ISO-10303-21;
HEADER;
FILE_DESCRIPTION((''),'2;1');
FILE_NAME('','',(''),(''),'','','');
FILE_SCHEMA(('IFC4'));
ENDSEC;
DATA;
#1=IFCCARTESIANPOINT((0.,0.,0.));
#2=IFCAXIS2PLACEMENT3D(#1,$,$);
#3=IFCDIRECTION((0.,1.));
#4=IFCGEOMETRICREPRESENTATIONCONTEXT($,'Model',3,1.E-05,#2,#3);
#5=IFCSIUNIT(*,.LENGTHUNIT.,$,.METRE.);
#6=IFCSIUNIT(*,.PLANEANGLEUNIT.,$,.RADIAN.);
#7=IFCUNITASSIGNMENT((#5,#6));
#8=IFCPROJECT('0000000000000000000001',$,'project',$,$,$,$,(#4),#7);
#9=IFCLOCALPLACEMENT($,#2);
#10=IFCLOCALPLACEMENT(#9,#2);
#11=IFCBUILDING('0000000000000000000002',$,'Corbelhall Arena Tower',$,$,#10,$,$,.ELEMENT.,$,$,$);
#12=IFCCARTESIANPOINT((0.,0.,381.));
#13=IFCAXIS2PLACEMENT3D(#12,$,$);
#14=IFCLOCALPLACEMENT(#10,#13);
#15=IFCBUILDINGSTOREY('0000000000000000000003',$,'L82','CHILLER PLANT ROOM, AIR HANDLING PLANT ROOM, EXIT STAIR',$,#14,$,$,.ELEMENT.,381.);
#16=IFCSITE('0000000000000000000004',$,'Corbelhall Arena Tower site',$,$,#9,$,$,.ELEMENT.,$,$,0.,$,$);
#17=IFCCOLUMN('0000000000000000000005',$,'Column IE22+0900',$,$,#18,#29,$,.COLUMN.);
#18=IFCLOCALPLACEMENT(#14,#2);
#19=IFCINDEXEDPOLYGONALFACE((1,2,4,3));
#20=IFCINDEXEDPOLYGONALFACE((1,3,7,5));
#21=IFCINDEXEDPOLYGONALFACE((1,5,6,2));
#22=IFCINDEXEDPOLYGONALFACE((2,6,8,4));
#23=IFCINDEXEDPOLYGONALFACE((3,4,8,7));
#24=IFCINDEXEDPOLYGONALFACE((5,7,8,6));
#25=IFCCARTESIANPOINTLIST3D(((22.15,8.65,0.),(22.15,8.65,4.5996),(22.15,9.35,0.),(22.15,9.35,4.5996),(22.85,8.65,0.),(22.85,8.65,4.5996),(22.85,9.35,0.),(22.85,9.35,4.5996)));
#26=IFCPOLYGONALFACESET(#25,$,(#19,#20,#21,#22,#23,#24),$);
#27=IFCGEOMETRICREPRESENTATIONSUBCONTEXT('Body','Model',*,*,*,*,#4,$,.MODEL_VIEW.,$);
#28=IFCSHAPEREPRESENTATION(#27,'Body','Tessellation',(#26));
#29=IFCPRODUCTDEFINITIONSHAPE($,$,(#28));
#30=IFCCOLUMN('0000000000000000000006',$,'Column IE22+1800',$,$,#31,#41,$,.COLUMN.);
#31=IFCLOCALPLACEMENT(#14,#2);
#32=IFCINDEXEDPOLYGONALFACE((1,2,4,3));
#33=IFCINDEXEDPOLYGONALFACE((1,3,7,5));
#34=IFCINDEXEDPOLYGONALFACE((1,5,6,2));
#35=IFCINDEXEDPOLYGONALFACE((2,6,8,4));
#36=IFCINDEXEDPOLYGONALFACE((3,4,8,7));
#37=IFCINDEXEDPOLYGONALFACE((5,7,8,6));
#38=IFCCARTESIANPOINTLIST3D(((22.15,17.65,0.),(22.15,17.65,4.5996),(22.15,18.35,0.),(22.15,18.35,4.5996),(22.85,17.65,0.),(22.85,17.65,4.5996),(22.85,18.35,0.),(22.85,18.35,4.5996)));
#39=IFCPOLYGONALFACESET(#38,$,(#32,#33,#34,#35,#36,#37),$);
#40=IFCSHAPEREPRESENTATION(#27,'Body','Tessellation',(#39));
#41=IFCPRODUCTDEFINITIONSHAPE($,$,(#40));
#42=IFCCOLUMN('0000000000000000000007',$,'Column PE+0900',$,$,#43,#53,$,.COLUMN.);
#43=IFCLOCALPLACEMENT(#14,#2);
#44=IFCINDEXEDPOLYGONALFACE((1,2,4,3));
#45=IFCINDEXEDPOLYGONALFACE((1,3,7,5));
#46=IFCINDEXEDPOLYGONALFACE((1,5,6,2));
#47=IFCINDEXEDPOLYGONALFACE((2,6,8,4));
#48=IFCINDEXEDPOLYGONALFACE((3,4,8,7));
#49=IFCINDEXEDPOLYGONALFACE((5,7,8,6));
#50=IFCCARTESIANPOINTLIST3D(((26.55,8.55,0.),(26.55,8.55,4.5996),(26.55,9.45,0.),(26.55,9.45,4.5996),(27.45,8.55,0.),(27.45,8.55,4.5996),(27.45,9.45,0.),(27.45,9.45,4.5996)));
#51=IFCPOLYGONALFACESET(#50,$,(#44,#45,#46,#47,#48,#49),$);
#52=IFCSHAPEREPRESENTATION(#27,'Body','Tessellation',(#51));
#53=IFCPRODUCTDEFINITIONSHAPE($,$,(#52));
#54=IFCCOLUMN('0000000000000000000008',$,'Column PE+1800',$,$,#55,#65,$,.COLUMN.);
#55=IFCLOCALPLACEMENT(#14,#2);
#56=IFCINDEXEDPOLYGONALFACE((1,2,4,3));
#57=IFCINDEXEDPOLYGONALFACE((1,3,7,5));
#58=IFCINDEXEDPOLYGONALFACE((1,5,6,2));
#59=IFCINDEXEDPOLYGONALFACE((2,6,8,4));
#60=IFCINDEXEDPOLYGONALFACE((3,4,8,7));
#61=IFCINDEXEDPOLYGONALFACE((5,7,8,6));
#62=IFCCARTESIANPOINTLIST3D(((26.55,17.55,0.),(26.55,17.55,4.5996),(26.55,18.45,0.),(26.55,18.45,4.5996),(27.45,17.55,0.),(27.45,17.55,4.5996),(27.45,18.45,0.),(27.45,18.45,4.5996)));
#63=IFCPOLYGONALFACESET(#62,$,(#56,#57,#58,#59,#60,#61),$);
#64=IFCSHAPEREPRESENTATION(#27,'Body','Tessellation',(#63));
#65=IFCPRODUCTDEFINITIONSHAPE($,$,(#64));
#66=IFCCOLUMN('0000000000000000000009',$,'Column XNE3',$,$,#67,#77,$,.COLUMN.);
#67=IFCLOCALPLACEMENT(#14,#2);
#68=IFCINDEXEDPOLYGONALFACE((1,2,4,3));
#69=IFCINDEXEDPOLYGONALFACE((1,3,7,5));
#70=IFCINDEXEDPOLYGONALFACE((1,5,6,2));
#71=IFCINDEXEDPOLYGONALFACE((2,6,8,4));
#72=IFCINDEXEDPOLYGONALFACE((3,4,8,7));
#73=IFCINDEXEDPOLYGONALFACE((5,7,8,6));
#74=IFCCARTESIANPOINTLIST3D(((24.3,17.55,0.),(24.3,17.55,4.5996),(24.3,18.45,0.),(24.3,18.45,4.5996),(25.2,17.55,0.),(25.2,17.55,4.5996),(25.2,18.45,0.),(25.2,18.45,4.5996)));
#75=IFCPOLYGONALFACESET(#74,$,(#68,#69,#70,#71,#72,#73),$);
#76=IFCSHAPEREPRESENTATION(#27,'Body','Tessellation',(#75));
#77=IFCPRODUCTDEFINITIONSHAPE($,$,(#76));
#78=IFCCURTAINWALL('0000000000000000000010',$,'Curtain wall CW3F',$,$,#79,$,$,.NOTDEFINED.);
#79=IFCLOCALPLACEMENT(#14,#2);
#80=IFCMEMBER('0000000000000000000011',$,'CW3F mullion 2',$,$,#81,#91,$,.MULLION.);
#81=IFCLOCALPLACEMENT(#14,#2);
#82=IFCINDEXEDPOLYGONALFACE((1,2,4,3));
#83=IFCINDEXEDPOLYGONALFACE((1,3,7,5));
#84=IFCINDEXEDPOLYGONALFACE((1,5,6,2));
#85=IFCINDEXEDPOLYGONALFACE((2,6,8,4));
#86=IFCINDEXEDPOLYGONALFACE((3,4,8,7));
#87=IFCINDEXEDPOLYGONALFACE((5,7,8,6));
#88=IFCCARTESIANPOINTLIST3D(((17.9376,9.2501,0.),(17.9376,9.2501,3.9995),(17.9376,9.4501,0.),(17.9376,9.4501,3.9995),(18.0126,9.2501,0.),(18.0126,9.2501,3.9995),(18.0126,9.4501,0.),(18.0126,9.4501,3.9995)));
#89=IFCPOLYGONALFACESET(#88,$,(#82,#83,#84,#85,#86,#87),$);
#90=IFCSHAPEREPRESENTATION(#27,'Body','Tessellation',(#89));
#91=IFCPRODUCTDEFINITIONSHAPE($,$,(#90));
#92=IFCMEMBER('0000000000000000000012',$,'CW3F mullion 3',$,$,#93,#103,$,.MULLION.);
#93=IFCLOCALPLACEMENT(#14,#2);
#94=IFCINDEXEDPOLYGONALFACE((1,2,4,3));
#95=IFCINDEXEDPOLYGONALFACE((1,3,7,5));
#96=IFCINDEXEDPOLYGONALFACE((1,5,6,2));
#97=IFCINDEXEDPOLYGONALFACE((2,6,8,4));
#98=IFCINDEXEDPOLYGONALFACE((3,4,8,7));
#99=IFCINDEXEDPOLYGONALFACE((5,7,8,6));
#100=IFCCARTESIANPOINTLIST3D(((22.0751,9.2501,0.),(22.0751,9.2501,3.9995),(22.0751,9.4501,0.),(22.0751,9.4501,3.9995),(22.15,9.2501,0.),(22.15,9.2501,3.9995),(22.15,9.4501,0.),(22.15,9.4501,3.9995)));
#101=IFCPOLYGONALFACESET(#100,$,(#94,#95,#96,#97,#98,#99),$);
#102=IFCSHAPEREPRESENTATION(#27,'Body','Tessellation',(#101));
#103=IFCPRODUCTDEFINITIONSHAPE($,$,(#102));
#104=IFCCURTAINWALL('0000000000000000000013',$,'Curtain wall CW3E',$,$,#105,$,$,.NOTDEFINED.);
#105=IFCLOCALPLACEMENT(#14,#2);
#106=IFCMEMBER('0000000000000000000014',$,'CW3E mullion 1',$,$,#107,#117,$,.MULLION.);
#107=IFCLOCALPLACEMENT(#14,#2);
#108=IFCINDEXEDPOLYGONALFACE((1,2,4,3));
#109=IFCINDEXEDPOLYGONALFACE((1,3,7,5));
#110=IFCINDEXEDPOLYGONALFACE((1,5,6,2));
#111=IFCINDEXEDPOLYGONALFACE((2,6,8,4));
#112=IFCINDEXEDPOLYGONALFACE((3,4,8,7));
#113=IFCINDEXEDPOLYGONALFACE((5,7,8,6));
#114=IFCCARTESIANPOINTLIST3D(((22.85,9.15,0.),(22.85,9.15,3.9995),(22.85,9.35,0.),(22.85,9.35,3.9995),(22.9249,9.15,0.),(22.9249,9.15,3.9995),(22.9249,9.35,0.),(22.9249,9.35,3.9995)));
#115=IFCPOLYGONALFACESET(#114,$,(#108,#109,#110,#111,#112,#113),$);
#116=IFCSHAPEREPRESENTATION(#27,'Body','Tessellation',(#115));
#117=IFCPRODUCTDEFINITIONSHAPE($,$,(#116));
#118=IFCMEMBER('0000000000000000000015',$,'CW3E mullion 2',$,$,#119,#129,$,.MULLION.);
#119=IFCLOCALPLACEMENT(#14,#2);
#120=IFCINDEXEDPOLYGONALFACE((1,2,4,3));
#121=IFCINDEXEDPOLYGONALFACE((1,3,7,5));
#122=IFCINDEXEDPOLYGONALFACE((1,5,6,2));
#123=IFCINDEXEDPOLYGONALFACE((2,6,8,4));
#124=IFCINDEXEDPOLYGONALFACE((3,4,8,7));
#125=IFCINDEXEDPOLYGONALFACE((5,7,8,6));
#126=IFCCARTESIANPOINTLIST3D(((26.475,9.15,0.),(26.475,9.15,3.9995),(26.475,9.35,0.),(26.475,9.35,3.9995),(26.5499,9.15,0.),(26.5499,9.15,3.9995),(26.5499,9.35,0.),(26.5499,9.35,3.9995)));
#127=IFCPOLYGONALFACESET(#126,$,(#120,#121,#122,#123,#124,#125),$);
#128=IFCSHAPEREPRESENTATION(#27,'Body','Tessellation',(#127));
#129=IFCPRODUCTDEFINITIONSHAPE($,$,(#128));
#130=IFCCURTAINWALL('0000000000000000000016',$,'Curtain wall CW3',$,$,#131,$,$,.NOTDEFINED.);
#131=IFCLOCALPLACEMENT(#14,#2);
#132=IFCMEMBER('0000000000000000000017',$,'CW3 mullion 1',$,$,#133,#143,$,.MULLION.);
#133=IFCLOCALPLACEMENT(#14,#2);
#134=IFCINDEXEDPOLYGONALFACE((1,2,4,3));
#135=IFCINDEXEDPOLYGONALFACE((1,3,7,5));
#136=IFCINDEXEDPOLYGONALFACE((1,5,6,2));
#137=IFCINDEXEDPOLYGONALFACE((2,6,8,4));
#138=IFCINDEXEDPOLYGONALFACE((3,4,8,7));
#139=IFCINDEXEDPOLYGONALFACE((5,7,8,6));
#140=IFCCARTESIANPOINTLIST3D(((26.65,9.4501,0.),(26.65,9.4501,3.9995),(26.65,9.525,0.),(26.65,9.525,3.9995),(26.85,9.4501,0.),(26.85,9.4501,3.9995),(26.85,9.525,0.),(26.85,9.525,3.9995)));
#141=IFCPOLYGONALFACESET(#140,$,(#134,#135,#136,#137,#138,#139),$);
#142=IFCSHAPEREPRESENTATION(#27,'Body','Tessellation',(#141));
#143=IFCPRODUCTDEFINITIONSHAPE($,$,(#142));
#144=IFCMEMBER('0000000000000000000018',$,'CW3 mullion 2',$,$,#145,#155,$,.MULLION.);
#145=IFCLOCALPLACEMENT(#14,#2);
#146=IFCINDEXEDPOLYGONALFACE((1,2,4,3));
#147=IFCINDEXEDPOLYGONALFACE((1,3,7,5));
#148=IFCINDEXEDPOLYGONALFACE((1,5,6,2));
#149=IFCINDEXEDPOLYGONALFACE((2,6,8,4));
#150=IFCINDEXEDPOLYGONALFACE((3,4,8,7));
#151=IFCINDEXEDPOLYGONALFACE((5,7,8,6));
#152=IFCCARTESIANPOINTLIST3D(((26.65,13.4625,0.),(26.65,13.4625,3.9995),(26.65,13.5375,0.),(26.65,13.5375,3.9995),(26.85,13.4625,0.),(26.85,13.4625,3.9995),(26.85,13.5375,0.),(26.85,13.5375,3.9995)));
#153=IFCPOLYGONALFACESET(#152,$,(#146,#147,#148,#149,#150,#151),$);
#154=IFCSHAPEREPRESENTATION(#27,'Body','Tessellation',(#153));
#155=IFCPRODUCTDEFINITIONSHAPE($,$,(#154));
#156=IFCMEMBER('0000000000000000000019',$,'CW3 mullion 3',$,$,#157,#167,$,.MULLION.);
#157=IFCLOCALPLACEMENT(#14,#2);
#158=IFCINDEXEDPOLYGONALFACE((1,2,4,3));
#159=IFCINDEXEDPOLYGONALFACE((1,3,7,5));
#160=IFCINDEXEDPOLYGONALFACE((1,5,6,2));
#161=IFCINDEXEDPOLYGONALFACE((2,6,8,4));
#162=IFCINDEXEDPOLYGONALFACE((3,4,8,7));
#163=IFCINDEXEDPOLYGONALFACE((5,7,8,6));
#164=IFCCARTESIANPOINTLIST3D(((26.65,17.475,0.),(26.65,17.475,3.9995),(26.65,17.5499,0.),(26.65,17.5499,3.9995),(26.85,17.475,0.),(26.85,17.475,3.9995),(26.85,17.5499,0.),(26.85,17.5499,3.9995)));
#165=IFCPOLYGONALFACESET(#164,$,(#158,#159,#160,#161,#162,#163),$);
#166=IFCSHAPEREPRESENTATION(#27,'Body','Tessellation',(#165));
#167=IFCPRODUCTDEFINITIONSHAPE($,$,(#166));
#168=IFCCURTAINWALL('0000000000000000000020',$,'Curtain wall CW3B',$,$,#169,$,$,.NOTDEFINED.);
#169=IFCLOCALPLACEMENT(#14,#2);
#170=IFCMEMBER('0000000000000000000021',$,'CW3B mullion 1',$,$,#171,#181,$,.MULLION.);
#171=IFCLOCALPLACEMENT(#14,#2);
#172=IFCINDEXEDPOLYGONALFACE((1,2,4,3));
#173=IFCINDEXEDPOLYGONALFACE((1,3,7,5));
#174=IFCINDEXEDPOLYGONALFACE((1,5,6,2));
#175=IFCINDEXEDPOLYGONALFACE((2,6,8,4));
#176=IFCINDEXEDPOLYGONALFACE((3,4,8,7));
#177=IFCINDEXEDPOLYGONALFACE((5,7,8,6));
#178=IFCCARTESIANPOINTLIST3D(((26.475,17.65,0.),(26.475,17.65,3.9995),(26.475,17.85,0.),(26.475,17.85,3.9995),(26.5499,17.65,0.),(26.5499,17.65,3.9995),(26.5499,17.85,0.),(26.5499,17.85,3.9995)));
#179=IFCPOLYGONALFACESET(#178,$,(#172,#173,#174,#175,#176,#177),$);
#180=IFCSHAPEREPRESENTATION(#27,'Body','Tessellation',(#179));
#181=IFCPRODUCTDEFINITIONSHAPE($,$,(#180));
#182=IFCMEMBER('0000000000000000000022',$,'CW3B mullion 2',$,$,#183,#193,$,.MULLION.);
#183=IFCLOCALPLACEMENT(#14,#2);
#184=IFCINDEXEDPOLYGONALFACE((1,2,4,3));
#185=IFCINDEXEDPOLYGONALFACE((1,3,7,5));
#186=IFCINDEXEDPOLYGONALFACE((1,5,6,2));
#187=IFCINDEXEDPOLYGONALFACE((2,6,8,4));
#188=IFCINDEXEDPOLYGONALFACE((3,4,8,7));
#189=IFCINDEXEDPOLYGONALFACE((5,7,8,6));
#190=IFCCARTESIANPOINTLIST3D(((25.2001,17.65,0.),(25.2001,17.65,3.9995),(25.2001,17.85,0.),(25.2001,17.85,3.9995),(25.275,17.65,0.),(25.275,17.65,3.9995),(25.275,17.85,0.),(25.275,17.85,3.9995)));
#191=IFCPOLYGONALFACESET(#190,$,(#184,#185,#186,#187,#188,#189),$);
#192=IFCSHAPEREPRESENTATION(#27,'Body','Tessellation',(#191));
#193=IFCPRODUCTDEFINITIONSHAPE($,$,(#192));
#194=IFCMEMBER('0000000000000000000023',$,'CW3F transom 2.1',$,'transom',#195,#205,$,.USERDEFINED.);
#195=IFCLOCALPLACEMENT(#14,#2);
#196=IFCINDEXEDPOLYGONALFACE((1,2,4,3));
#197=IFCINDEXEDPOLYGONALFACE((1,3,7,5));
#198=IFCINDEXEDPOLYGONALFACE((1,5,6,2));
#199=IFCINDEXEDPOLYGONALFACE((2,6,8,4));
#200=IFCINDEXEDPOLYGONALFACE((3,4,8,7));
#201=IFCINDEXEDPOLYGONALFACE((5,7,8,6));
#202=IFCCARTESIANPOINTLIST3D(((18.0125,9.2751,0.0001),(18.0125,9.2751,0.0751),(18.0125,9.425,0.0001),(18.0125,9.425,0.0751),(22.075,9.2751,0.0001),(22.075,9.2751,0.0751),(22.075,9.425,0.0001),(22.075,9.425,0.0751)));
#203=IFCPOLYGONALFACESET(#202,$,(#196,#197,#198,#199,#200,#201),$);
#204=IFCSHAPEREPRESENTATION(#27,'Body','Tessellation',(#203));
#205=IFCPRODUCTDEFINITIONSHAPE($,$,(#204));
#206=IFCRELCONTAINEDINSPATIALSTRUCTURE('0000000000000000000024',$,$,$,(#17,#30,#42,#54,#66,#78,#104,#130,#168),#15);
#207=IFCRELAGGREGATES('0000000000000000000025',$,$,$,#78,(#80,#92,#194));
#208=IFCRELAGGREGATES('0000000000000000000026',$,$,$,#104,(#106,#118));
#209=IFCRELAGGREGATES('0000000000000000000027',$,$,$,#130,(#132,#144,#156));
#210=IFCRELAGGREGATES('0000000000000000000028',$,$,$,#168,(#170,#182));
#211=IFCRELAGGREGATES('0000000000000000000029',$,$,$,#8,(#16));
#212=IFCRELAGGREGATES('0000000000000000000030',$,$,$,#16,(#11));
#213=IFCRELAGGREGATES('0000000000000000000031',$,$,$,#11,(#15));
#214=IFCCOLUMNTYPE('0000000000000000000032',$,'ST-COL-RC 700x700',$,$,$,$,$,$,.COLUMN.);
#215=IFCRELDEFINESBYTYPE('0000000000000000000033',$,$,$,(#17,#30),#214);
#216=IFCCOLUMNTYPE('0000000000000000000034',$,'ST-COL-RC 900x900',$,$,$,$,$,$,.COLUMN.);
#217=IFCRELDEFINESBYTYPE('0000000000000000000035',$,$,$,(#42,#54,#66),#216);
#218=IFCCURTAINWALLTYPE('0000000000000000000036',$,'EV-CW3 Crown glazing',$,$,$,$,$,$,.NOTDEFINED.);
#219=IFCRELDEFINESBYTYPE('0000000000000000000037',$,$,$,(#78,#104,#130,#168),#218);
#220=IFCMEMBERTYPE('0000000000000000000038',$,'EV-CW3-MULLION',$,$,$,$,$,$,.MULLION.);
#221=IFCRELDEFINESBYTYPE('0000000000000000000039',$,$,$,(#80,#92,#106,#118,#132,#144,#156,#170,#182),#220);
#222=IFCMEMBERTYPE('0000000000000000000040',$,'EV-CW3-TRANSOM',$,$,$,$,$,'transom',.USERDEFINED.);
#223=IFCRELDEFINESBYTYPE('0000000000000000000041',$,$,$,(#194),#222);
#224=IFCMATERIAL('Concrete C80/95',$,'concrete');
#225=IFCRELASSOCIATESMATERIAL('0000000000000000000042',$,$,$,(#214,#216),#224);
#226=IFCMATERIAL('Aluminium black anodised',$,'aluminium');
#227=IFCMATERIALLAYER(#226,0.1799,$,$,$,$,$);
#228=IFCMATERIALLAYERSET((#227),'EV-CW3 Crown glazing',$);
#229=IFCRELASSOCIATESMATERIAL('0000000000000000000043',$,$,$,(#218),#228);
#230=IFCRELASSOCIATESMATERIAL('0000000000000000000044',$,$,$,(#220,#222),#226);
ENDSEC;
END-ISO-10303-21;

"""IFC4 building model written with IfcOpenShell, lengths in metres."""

from ifc_helpers import new_model, si_unit, direction, frame, origin, origin_2d, place, context, subcontext, project, spatial, rectangle, extrude, material, layer, layer_set, material_profile, profile_set, type_object, element, aggregate, save


model = new_model("IFC4")

# Units and contexts
model_context = context("Model", 3, precision=1e-05, world=origin(), true_north=direction((0.0, 1.0)))
body_context = subcontext(model_context, "Body", "Model", "MODEL_VIEW")
ifc_project = project(units=[si_unit("LENGTHUNIT", "METRE"), si_unit("PLANEANGLEUNIT", "RADIAN")], contexts=[model_context])

# Site, building, storey
site_placement = place(None, origin())
site = spatial("IfcSite", under=ifc_project, at=site_placement, Name="Corbelhall Arena Tower site", CompositionType="ELEMENT", RefElevation=0.0)
building_placement = place(site_placement, origin())
building = spatial("IfcBuilding", under=site, at=building_placement, Name="Corbelhall Arena Tower", CompositionType="ELEMENT")
storey_placement = place(building_placement, frame((0.0, 0.0, 381.0)))
storey = spatial("IfcBuildingStorey", under=building, at=storey_placement, Name="L82", Description="CHILLER PLANT ROOM, AIR HANDLING PLANT ROOM, EXIT STAIR", CompositionType="ELEMENT", Elevation=381.0)

# Columns
ifc_material_1 = material(Name="Concrete C80/95", Category="concrete")
ifc_material_profile_1 = material_profile(ifc_material_1, rectangle(XDim=0.7, YDim=0.7, at=origin_2d()))
ifc_profile_set_1 = profile_set([ifc_material_profile_1], Name="Concrete C80/95")
column_type_1 = type_object("IfcColumnType", Name="ST-COL-RC 700x700", PredefinedType="COLUMN", material=ifc_profile_set_1)
for number, where, z_axis, x_axis, name in (
    (1, (22.5, 9.0, 0.0), (0.0, 0.0, 1.0), (1.0, 0.0, 0.0), "Column IE22+0900"),
    (2, (22.5, 18.0, 0.0), (0.0, 0.0, 1.0), (1.0, 0.0, 0.0), "Column IE22+1800"),
):
    element("IfcColumn", number, at=place(storey_placement, frame(where, z_axis=z_axis, x_axis=x_axis)), inside=storey, type_object=column_type_1, Name=name, PredefinedType="COLUMN", context=body_context, shape_type="SweptSolid", body=[
        extrude(rectangle(XDim=0.7, YDim=0.7, at=origin_2d()), origin(), (0.0, 0.0, 1.0), 4.5996),
    ])
ifc_material_profile_2 = material_profile(ifc_material_1, rectangle(XDim=0.8999, YDim=0.8999, at=origin_2d()))
ifc_profile_set_2 = profile_set([ifc_material_profile_2], Name="Concrete C80/95")
column_type_2 = type_object("IfcColumnType", Name="ST-COL-RC 900x900", PredefinedType="COLUMN", material=ifc_profile_set_2)
for number, where, z_axis, x_axis, name in (
    (3, (27.0, 9.0, 0.0), (0.0, 0.0, 1.0), (0.0, 1.0, 0.0), "Column PE+0900"),
    (4, (27.0, 18.0, 0.0), (0.0, 0.0, 1.0), (0.0, 1.0, 0.0), "Column PE+1800"),
    (5, (24.75, 18.0, 0.0), (0.0, 0.0, 1.0), (1.0, 0.0, 0.0), "Column XNE3"),
):
    element("IfcColumn", number, at=place(storey_placement, frame(where, z_axis=z_axis, x_axis=x_axis)), inside=storey, type_object=column_type_2, Name=name, PredefinedType="COLUMN", context=body_context, shape_type="SweptSolid", body=[
        extrude(rectangle(XDim=0.8999, YDim=0.8999, at=origin_2d()), origin(), (0.0, 0.0, 1.0), 4.5996),
    ])

# Curtain walls, members
ifc_material_2 = material(Name="Aluminium black anodised", Category="aluminium")
ifc_layer_1 = layer(ifc_material_2, 0.1799)
ifc_layer_set_1 = layer_set([ifc_layer_1], Name="EV-CW3 Crown glazing")
curtain_wall_type = type_object("IfcCurtainWallType", Name="EV-CW3 Crown glazing", PredefinedType="NOTDEFINED", material=ifc_layer_set_1)
curtain_wall_1_placement = place(storey_placement, origin())
curtain_wall_1 = element("IfcCurtainWall", 6, at=curtain_wall_1_placement, inside=storey, type_object=curtain_wall_type, Name="Curtain wall CW3F", PredefinedType="NOTDEFINED")
ifc_material_profile_3 = material_profile(ifc_material_2, rectangle(XDim=0.2, YDim=0.075, at=origin_2d()))
ifc_profile_set_3 = profile_set([ifc_material_profile_3], Name="Aluminium black anodised")
member_type_1 = type_object("IfcMemberType", Name="EV-CW3-MULLION", PredefinedType="MULLION", material=ifc_profile_set_3)
member_1_placement = place(storey_placement, frame((17.9751, 9.3501, 0.0), z_axis=(0.0, 0.0, 1.0), x_axis=(0.0, 1.0, 0.0)))
member_1 = element("IfcMember", 7, at=member_1_placement, type_object=member_type_1, Name="CW3F mullion 2", PredefinedType="MULLION", context=body_context, shape_type="SweptSolid", body=[
    extrude(rectangle(XDim=0.2, YDim=0.075, at=origin_2d()), origin(), (0.0, 0.0, 1.0), 3.9995),
])
member_2_placement = place(storey_placement, frame((22.1125, 9.3501, 0.0), z_axis=(0.0, 0.0, 1.0), x_axis=(0.0, 1.0, 0.0)))
member_2 = element("IfcMember", 8, at=member_2_placement, type_object=member_type_1, Name="CW3F mullion 3", PredefinedType="MULLION", context=body_context, shape_type="SweptSolid", body=[
    extrude(rectangle(XDim=0.2, YDim=0.075, at=origin_2d()), origin(), (0.0, 0.0, 1.0), 3.9995),
])
curtain_wall_2_placement = place(storey_placement, origin())
curtain_wall_2 = element("IfcCurtainWall", 9, at=curtain_wall_2_placement, inside=storey, type_object=curtain_wall_type, Name="Curtain wall CW3E", PredefinedType="NOTDEFINED")
member_3_placement = place(storey_placement, frame((22.8875, 9.25, 0.0), z_axis=(0.0, 0.0, 1.0), x_axis=(0.0, 1.0, 0.0)))
member_3 = element("IfcMember", 10, at=member_3_placement, type_object=member_type_1, Name="CW3E mullion 1", PredefinedType="MULLION", context=body_context, shape_type="SweptSolid", body=[
    extrude(rectangle(XDim=0.2, YDim=0.075, at=origin_2d()), origin(), (0.0, 0.0, 1.0), 3.9995),
])
member_4_placement = place(storey_placement, frame((26.5125, 9.25, 0.0), z_axis=(0.0, 0.0, 1.0), x_axis=(0.0, 1.0, 0.0)))
member_4 = element("IfcMember", 11, at=member_4_placement, type_object=member_type_1, Name="CW3E mullion 2", PredefinedType="MULLION", context=body_context, shape_type="SweptSolid", body=[
    extrude(rectangle(XDim=0.2, YDim=0.075, at=origin_2d()), origin(), (0.0, 0.0, 1.0), 3.9995),
])
curtain_wall_3_placement = place(storey_placement, origin())
curtain_wall_3 = element("IfcCurtainWall", 12, at=curtain_wall_3_placement, inside=storey, type_object=curtain_wall_type, Name="Curtain wall CW3", PredefinedType="NOTDEFINED")
member_5_placement = place(storey_placement, frame((26.75, 9.4875, 0.0), z_axis=(0.0, 0.0, 1.0), x_axis=(-1.0, 0.0, 0.0)))
member_5 = element("IfcMember", 13, at=member_5_placement, type_object=member_type_1, Name="CW3 mullion 1", PredefinedType="MULLION", context=body_context, shape_type="SweptSolid", body=[
    extrude(rectangle(XDim=0.2, YDim=0.075, at=origin_2d()), origin(), (0.0, 0.0, 1.0), 3.9995),
])
member_6_placement = place(storey_placement, frame((26.75, 13.5, 0.0), z_axis=(0.0, 0.0, 1.0), x_axis=(-1.0, 0.0, 0.0)))
member_6 = element("IfcMember", 14, at=member_6_placement, type_object=member_type_1, Name="CW3 mullion 2", PredefinedType="MULLION", context=body_context, shape_type="SweptSolid", body=[
    extrude(rectangle(XDim=0.2, YDim=0.075, at=origin_2d()), origin(), (0.0, 0.0, 1.0), 3.9995),
])
member_7_placement = place(storey_placement, frame((26.75, 17.5125, 0.0), z_axis=(0.0, 0.0, 1.0), x_axis=(-1.0, 0.0, 0.0)))
member_7 = element("IfcMember", 15, at=member_7_placement, type_object=member_type_1, Name="CW3 mullion 3", PredefinedType="MULLION", context=body_context, shape_type="SweptSolid", body=[
    extrude(rectangle(XDim=0.2, YDim=0.075, at=origin_2d()), origin(), (0.0, 0.0, 1.0), 3.9995),
])
curtain_wall_4_placement = place(storey_placement, origin())
curtain_wall_4 = element("IfcCurtainWall", 16, at=curtain_wall_4_placement, inside=storey, type_object=curtain_wall_type, Name="Curtain wall CW3B", PredefinedType="NOTDEFINED")
member_8_placement = place(storey_placement, frame((26.5125, 17.75, 0.0), z_axis=(0.0, 0.0, 1.0), x_axis=(0.0, -1.0, 0.0)))
member_8 = element("IfcMember", 17, at=member_8_placement, type_object=member_type_1, Name="CW3B mullion 1", PredefinedType="MULLION", context=body_context, shape_type="SweptSolid", body=[
    extrude(rectangle(XDim=0.2, YDim=0.075, at=origin_2d()), origin(), (0.0, 0.0, 1.0), 3.9995),
])
member_9_placement = place(storey_placement, frame((25.2375, 17.75, 0.0), z_axis=(0.0, 0.0, 1.0), x_axis=(0.0, -1.0, 0.0)))
member_9 = element("IfcMember", 18, at=member_9_placement, type_object=member_type_1, Name="CW3B mullion 2", PredefinedType="MULLION", context=body_context, shape_type="SweptSolid", body=[
    extrude(rectangle(XDim=0.2, YDim=0.075, at=origin_2d()), origin(), (0.0, 0.0, 1.0), 3.9995),
])

# Member
ifc_material_profile_4 = material_profile(ifc_material_2, rectangle(XDim=0.1499, YDim=0.075, at=origin_2d()))
ifc_profile_set_4 = profile_set([ifc_material_profile_4], Name="Aluminium black anodised")
member_type_2 = type_object("IfcMemberType", Name="EV-CW3-TRANSOM", ElementType="transom", PredefinedType="USERDEFINED", material=ifc_profile_set_4)
member_10_placement = place(storey_placement, frame((18.0125, 9.3501, 0.0376), z_axis=(1.0, 0.0, 0.0), x_axis=(0.0, 1.0, 0.0)))
member_10 = element("IfcMember", 19, at=member_10_placement, type_object=member_type_2, Name="CW3F transom 2.1", ObjectType="transom", PredefinedType="USERDEFINED", context=body_context, shape_type="SweptSolid", body=[
    extrude(rectangle(XDim=0.1499, YDim=0.075, at=origin_2d()), origin(), (0.0, 0.0, 1.0), 4.0625),
])

aggregate(curtain_wall_1, [member_1, member_2, member_10])
aggregate(curtain_wall_2, [member_3, member_4])
aggregate(curtain_wall_3, [member_5, member_6, member_7])
aggregate(curtain_wall_4, [member_8, member_9])

save(model, "model.ifc")
